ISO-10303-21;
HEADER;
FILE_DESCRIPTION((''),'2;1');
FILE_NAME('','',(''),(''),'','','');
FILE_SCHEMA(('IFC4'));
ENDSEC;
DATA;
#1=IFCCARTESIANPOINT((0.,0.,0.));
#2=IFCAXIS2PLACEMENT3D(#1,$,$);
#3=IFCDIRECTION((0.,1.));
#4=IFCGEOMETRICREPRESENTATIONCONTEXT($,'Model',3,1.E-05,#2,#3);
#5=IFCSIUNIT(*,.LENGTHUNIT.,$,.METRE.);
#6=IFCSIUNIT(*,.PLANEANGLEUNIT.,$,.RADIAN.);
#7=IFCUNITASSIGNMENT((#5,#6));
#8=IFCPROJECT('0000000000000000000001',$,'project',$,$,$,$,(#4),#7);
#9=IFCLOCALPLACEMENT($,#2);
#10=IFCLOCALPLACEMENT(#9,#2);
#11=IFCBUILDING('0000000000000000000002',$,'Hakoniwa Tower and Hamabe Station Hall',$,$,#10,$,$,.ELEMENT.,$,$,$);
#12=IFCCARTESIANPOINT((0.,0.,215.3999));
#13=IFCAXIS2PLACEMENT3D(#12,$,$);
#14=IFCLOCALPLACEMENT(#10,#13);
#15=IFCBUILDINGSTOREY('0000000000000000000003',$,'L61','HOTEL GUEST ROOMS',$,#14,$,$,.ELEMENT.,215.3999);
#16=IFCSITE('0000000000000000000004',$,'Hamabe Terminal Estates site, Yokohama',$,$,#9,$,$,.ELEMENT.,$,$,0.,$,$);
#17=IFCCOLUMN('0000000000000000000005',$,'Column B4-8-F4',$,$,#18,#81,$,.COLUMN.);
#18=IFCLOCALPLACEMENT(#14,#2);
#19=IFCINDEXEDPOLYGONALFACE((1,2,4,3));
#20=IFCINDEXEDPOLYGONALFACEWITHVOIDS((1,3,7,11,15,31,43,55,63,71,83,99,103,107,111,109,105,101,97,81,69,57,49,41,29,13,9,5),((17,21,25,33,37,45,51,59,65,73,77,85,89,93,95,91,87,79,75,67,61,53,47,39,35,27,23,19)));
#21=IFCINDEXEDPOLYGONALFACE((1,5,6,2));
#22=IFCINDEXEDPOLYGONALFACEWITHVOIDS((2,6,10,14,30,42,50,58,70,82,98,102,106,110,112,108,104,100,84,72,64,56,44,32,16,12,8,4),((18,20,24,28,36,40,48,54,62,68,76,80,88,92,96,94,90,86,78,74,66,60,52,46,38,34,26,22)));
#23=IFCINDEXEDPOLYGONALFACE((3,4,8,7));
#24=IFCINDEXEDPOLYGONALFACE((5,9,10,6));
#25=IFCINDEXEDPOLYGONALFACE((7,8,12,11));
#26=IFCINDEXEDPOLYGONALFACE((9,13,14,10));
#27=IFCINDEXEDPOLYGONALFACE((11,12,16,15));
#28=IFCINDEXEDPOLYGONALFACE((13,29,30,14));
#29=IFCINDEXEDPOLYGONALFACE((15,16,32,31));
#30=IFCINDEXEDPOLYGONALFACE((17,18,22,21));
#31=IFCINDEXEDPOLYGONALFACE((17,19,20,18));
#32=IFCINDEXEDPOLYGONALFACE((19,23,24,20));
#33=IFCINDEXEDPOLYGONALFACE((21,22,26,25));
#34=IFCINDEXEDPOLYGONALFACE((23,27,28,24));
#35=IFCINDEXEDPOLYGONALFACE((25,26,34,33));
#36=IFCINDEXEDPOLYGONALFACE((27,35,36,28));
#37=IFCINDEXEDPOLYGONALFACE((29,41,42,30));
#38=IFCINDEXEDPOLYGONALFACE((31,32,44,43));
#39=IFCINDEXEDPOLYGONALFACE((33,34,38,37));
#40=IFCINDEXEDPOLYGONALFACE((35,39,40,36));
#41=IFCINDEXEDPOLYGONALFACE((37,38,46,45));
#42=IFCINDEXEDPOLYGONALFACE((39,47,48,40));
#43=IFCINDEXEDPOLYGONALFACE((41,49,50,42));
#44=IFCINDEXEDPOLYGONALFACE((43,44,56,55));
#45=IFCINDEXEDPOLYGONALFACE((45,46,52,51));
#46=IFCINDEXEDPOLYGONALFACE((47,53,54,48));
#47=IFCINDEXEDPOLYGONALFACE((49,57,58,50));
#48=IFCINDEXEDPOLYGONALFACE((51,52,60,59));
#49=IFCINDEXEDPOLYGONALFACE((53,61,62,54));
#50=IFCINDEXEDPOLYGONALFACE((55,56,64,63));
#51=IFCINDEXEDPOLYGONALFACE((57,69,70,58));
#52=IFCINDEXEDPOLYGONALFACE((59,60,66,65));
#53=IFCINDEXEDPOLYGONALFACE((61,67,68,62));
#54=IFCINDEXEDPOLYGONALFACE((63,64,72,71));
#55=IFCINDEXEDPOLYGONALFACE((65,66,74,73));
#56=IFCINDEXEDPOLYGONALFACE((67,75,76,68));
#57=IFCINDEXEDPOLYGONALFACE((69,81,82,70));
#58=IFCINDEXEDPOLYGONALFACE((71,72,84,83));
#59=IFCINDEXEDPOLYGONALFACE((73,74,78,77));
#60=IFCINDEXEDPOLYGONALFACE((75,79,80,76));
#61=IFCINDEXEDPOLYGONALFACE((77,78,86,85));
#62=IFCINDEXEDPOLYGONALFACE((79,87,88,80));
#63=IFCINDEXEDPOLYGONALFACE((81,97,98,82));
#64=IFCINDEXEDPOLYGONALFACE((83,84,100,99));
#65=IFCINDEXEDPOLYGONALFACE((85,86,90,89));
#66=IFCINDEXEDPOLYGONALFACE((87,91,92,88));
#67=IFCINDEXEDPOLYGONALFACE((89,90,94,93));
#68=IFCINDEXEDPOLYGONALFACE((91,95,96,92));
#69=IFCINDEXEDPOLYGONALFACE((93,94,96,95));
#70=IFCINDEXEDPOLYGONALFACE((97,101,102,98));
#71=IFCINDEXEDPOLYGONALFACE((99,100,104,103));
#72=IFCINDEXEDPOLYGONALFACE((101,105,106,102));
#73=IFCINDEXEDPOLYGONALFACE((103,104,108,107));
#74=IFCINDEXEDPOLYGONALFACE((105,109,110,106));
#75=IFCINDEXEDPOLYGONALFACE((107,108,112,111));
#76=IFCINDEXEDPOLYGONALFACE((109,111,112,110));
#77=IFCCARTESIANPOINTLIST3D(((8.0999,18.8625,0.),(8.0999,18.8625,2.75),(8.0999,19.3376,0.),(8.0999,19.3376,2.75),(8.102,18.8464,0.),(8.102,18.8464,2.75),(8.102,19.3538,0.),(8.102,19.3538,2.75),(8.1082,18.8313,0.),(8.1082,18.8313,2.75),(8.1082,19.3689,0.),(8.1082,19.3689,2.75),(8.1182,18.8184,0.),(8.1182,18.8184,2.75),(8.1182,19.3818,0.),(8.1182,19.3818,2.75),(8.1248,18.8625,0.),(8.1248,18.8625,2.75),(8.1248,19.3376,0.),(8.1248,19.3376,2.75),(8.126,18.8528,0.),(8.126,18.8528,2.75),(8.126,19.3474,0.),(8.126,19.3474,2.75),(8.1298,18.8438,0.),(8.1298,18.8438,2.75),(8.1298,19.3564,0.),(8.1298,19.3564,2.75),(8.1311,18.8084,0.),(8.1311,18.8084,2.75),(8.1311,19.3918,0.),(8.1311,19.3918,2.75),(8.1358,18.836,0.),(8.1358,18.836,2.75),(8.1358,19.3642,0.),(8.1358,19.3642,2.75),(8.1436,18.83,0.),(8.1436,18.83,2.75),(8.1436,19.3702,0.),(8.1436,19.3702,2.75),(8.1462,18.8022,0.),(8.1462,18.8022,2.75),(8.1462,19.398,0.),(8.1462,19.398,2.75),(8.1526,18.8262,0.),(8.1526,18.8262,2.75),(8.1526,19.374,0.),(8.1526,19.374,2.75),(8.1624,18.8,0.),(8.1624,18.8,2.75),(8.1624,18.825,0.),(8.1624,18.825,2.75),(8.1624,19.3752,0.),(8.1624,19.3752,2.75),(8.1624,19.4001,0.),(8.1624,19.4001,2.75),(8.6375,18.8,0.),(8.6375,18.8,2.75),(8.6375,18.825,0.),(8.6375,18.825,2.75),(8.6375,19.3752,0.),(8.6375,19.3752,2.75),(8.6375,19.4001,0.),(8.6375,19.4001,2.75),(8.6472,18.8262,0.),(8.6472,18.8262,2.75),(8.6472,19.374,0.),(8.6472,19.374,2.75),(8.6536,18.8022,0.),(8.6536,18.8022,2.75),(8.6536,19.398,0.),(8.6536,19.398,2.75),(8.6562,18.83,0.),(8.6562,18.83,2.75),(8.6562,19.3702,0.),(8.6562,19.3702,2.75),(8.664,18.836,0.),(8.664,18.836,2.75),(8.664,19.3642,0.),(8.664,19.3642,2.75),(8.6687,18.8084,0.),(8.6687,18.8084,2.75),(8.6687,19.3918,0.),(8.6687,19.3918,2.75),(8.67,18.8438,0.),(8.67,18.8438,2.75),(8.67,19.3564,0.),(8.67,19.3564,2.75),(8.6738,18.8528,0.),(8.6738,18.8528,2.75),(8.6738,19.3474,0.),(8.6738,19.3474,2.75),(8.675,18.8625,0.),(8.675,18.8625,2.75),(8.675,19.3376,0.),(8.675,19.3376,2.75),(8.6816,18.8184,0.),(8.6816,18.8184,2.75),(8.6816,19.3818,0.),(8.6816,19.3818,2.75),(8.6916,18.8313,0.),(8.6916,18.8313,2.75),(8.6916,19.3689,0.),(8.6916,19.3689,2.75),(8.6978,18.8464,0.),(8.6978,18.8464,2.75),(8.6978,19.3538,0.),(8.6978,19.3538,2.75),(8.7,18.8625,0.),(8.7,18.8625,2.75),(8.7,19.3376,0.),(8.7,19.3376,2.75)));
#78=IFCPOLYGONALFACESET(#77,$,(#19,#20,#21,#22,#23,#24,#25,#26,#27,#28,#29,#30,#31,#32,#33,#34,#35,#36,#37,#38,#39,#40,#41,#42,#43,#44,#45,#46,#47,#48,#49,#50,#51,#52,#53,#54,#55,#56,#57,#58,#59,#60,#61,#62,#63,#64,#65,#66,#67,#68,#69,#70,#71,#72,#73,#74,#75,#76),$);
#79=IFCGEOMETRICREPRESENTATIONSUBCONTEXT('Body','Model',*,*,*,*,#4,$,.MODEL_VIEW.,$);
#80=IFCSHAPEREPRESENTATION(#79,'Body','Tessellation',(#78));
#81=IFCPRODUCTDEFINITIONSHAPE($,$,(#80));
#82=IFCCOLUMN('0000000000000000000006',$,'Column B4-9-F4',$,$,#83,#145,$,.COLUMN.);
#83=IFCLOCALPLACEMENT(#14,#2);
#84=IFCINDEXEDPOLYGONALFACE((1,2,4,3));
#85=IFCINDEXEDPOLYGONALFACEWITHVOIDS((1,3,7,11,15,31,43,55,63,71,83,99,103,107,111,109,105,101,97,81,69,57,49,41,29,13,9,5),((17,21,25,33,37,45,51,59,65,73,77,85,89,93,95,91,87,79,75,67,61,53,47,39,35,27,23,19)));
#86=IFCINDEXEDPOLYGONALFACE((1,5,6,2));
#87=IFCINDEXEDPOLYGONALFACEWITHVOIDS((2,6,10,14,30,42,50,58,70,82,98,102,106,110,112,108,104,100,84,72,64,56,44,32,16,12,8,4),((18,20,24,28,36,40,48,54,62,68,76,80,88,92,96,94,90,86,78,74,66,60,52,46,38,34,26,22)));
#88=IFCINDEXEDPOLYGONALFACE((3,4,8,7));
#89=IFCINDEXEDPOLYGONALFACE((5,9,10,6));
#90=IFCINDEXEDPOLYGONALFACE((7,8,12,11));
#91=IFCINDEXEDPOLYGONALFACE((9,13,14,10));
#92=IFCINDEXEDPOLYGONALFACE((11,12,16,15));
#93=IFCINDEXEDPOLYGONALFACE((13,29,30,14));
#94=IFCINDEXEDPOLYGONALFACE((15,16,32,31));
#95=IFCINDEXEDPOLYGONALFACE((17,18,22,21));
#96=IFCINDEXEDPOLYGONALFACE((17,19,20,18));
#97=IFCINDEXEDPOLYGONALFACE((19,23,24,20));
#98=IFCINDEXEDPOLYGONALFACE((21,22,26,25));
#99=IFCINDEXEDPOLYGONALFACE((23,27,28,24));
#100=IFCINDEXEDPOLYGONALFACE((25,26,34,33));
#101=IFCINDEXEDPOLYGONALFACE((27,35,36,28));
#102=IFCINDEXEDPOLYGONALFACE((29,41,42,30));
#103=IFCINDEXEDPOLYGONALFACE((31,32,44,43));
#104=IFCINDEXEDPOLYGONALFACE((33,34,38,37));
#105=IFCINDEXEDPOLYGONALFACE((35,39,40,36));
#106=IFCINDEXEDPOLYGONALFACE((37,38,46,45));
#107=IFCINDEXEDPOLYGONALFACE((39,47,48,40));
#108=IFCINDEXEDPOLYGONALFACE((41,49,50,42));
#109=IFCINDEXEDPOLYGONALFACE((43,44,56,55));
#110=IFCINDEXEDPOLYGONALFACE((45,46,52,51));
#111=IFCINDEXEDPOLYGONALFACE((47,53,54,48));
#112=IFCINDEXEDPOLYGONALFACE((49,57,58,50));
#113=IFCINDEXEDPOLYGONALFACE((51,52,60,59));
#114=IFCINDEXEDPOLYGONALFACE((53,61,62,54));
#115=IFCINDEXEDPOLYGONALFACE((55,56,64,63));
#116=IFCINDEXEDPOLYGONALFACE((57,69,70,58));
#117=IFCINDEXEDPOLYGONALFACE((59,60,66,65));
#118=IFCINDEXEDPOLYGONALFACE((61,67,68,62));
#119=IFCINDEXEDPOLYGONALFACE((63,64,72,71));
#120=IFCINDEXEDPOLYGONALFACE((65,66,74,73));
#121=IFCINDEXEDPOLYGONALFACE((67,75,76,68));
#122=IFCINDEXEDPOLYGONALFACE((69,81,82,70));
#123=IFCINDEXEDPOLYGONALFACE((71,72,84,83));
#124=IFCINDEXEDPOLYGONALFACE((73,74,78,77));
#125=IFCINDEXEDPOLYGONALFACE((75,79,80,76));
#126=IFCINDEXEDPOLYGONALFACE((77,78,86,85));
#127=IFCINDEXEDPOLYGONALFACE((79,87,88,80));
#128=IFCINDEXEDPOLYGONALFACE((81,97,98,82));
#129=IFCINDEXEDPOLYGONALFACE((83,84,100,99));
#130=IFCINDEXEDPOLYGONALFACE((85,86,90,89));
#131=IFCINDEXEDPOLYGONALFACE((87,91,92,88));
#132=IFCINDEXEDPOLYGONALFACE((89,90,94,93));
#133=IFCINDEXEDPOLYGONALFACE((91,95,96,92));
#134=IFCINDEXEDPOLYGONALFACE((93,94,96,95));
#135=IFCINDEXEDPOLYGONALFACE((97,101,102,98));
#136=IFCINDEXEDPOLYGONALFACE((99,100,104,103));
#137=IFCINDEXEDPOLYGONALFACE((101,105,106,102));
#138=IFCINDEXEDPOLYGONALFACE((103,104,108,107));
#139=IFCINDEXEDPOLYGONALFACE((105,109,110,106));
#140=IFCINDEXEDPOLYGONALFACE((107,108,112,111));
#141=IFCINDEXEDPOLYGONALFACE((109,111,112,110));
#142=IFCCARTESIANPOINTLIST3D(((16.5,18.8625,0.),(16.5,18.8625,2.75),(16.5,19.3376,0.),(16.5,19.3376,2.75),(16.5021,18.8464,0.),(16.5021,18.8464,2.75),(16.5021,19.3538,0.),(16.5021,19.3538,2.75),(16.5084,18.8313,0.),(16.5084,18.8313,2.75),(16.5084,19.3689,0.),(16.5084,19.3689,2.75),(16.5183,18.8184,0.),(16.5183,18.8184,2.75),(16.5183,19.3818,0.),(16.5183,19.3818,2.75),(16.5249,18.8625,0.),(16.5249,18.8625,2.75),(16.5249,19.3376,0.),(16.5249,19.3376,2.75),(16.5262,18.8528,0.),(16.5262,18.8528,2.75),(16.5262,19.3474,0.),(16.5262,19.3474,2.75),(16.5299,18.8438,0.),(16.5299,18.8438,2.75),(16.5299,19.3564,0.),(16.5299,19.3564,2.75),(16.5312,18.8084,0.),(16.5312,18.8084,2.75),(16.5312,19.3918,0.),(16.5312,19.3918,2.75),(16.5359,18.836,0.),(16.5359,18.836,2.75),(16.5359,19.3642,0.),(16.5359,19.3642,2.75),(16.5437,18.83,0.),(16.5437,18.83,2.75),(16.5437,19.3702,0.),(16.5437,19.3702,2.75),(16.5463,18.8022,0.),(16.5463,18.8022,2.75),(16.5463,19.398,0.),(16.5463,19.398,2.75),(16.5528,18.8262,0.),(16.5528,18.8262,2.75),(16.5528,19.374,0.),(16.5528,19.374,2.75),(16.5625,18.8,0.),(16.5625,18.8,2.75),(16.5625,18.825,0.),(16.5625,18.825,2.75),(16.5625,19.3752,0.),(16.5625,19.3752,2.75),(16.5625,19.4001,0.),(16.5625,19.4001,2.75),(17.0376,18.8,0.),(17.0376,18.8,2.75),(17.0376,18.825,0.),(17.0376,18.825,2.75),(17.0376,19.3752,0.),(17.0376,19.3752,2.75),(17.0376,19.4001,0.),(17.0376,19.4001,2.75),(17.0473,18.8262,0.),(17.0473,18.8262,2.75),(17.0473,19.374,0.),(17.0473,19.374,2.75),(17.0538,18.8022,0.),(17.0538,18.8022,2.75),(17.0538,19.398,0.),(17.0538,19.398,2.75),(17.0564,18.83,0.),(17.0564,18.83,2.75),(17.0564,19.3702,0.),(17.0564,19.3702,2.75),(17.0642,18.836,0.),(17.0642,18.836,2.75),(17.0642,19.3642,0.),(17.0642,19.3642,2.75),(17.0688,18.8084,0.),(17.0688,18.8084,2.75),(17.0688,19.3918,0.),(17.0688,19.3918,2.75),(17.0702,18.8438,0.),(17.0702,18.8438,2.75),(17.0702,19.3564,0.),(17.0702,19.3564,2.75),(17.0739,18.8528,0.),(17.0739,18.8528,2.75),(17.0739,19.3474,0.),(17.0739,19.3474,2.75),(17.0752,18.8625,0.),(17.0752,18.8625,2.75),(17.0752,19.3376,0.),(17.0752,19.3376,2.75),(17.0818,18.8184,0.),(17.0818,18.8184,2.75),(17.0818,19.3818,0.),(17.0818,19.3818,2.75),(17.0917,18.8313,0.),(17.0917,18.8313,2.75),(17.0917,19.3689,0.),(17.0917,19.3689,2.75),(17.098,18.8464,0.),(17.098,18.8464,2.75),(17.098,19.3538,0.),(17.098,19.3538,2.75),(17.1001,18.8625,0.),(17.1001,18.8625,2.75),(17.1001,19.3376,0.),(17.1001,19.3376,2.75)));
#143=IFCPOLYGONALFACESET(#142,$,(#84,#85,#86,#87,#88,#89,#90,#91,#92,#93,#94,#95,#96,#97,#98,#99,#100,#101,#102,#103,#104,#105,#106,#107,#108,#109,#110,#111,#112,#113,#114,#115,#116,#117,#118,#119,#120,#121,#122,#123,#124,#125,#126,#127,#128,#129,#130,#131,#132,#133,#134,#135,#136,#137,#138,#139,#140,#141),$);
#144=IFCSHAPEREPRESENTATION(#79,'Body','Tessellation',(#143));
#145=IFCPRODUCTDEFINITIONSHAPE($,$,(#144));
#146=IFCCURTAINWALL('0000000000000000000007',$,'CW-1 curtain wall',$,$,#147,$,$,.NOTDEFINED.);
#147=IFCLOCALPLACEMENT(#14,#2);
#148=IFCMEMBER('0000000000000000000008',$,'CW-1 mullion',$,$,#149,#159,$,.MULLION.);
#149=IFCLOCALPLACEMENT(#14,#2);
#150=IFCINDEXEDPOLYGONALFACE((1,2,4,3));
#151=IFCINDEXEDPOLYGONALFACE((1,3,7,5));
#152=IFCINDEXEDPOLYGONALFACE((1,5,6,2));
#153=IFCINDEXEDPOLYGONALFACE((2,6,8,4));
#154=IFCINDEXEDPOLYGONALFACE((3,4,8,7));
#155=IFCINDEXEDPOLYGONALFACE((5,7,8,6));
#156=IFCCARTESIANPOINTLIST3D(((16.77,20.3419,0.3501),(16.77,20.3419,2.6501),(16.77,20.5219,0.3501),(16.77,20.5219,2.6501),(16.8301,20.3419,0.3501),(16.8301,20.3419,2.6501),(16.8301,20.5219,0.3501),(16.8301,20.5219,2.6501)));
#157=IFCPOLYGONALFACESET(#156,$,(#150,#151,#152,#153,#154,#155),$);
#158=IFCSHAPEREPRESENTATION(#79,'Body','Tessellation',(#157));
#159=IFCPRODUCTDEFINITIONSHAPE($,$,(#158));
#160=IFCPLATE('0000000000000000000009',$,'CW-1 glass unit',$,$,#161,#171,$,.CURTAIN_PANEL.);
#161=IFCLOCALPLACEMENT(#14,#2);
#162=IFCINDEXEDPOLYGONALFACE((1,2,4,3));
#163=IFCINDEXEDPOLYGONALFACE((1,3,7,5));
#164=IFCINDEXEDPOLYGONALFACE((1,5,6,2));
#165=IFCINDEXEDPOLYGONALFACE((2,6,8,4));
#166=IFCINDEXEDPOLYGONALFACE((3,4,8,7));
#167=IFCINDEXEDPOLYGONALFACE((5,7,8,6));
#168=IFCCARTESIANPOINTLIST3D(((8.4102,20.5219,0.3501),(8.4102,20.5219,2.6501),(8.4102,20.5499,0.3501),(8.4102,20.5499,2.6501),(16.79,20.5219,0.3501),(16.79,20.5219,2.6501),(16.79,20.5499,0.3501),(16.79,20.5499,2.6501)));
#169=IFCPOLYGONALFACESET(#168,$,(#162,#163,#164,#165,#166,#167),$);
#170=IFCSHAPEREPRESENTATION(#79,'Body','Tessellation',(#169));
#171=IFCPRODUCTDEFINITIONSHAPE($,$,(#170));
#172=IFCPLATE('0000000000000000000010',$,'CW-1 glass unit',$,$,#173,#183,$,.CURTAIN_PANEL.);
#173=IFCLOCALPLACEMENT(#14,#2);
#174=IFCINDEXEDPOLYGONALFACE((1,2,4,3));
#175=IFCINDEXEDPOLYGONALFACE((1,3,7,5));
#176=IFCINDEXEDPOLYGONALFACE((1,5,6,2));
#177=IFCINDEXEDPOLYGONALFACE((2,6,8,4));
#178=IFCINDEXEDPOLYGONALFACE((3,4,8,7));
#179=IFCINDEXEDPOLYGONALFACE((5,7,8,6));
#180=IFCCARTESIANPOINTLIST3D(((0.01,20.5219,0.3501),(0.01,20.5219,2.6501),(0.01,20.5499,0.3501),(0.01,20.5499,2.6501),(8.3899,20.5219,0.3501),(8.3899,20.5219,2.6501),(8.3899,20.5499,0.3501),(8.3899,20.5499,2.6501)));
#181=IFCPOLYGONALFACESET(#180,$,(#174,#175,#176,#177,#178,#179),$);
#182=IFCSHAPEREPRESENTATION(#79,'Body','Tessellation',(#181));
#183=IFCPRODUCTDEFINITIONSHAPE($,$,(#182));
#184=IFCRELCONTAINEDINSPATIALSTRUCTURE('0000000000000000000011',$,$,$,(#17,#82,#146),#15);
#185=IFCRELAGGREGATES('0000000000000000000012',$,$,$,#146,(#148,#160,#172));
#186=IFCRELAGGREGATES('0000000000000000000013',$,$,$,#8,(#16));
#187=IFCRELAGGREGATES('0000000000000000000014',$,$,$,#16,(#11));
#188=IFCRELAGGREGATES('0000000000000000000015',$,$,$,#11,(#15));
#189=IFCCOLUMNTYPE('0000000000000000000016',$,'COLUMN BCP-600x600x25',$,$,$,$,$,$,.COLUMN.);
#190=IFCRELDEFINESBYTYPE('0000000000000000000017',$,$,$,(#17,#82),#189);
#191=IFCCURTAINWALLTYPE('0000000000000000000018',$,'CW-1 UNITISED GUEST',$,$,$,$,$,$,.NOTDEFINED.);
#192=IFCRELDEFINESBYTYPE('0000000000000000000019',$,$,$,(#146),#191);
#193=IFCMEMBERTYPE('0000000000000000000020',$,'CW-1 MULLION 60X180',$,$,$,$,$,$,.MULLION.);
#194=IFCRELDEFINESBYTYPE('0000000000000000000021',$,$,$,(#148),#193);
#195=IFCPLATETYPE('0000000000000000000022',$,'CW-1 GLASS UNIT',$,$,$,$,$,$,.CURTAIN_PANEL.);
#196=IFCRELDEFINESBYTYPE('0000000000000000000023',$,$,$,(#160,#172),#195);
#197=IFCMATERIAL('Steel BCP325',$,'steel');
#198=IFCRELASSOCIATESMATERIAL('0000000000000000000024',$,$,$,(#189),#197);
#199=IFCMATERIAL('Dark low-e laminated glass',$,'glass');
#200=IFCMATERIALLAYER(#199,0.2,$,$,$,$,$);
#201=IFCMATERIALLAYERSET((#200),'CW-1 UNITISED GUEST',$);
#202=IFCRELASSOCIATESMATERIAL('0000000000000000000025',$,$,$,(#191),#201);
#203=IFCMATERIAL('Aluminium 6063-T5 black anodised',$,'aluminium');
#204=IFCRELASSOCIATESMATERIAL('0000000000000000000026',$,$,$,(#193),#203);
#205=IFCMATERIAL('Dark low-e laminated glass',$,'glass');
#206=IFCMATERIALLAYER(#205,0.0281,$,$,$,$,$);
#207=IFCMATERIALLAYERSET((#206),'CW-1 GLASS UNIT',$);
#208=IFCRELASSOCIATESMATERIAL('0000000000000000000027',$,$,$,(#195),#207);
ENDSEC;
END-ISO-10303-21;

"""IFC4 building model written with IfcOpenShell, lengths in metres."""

from ifc_helpers import new_model, si_unit, direction, frame, origin, origin_2d, place, context, subcontext, project, spatial, rectangle, hollow_rectangle, extrude, material, layer, layer_set, material_profile, profile_set, type_object, element, aggregate, save


model = new_model("IFC4")

# Units and contexts
model_context = context("Model", 3, precision=1e-05, world=origin(), true_north=direction((0.0, 1.0)))
body_context = subcontext(model_context, "Body", "Model", "MODEL_VIEW")
ifc_project = project(units=[si_unit("LENGTHUNIT", "METRE"), si_unit("PLANEANGLEUNIT", "RADIAN")], contexts=[model_context])

# Site, building, storey
site_placement = place(None, origin())
site = spatial("IfcSite", under=ifc_project, at=site_placement, Name="Hamabe Terminal Estates site, Yokohama", CompositionType="ELEMENT", RefElevation=0.0)
building_placement = place(site_placement, origin())
building = spatial("IfcBuilding", under=site, at=building_placement, Name="Hakoniwa Tower and Hamabe Station Hall", CompositionType="ELEMENT")
storey_placement = place(building_placement, frame((0.0, 0.0, 215.3999)))
storey = spatial("IfcBuildingStorey", under=building, at=storey_placement, Name="L61", Description="HOTEL GUEST ROOMS", CompositionType="ELEMENT", Elevation=215.3999)

# Columns
ifc_material_1 = material(Name="Steel BCP325", Category="steel")
ifc_material_profile_1 = material_profile(ifc_material_1, hollow_rectangle(XDim=0.6001, YDim=0.6001, WallThickness=0.0249, InnerFilletRadius=0.0376, OuterFilletRadius=0.0625, at=origin_2d()), Name="BCP-600x600x25")
ifc_profile_set_1 = profile_set([ifc_material_profile_1], Name="Steel BCP325")
column_type = type_object("IfcColumnType", Name="COLUMN BCP-600x600x25", PredefinedType="COLUMN", material=ifc_profile_set_1)
for number, where, z_axis, x_axis, name in (
    (1, (8.3999, 19.1001, 0.0), (0.0, 0.0, 1.0), (1.0, 0.0, 0.0), "Column B4-8-F4"),
    (2, (16.8, 19.1001, 0.0), (0.0, 0.0, 1.0), (1.0, 0.0, 0.0), "Column B4-9-F4"),
):
    element("IfcColumn", number, at=place(storey_placement, frame(where, z_axis=z_axis, x_axis=x_axis)), inside=storey, type_object=column_type, Name=name, PredefinedType="COLUMN", context=body_context, shape_type="SweptSolid", body=[
        extrude(hollow_rectangle(XDim=0.6001, YDim=0.6001, WallThickness=0.0249, InnerFilletRadius=0.0376, OuterFilletRadius=0.0625, at=origin_2d()), origin(), (0.0, 0.0, 1.0), 2.75),
    ])

# Curtain wall, member, plates
ifc_material_2 = material(Name="Dark low-e laminated glass", Category="glass")
ifc_layer_1 = layer(ifc_material_2, 0.2)
ifc_layer_set_1 = layer_set([ifc_layer_1], Name="CW-1 UNITISED GUEST")
curtain_wall_type = type_object("IfcCurtainWallType", Name="CW-1 UNITISED GUEST", PredefinedType="NOTDEFINED", material=ifc_layer_set_1)
curtain_wall_placement = place(storey_placement, origin())
curtain_wall = element("IfcCurtainWall", 3, at=curtain_wall_placement, inside=storey, type_object=curtain_wall_type, Name="CW-1 curtain wall", PredefinedType="NOTDEFINED")
ifc_material_3 = material(Name="Aluminium 6063-T5 black anodised", Category="aluminium")
ifc_material_profile_2 = material_profile(ifc_material_3, rectangle(XDim=0.0601, YDim=0.1799, at=origin_2d()), Name="CW-1 MULLION 60X180")
ifc_profile_set_2 = profile_set([ifc_material_profile_2], Name="Aluminium 6063-T5 black anodised")
member_type = type_object("IfcMemberType", Name="CW-1 MULLION 60X180", PredefinedType="MULLION", material=ifc_profile_set_2)
member_placement = place(storey_placement, frame((16.8, 20.4319, 0.3501), z_axis=(0.0, 0.0, 1.0), x_axis=(-1.0, 0.0, 0.0)))
member = element("IfcMember", 4, at=member_placement, type_object=member_type, Name="CW-1 mullion", PredefinedType="MULLION", context=body_context, shape_type="SweptSolid", body=[
    extrude(rectangle(XDim=0.0601, YDim=0.1799, at=origin_2d()), origin(), (0.0, 0.0, 1.0), 2.3),
])
ifc_material_4 = material(Name="Dark low-e laminated glass", Category="glass")
ifc_layer_2 = layer(ifc_material_4, 0.0281)
ifc_layer_set_2 = layer_set([ifc_layer_2], Name="CW-1 GLASS UNIT")
plate_type = type_object("IfcPlateType", Name="CW-1 GLASS UNIT", PredefinedType="CURTAIN_PANEL", material=ifc_layer_set_2)
plate_1_placement = place(storey_placement, frame((12.6001, 20.5359, 0.3501), z_axis=(0.0, 0.0, 1.0), x_axis=(-1.0, 0.0, 0.0)))
plate_1 = element("IfcPlate", 5, at=plate_1_placement, type_object=plate_type, Name="CW-1 glass unit", PredefinedType="CURTAIN_PANEL", context=body_context, shape_type="SweptSolid", body=[
    extrude(rectangle(XDim=8.3799, YDim=0.0281, at=origin_2d()), origin(), (0.0, 0.0, 1.0), 2.3),
])
plate_2_placement = place(storey_placement, frame((4.2, 20.5359, 0.3501), z_axis=(0.0, 0.0, 1.0), x_axis=(-1.0, 0.0, 0.0)))
plate_2 = element("IfcPlate", 6, at=plate_2_placement, type_object=plate_type, Name="CW-1 glass unit", PredefinedType="CURTAIN_PANEL", context=body_context, shape_type="SweptSolid", body=[
    extrude(rectangle(XDim=8.3799, YDim=0.0281, at=origin_2d()), origin(), (0.0, 0.0, 1.0), 2.3),
])
aggregate(curtain_wall, [member, plate_1, plate_2])

save(model, "model.ifc")
